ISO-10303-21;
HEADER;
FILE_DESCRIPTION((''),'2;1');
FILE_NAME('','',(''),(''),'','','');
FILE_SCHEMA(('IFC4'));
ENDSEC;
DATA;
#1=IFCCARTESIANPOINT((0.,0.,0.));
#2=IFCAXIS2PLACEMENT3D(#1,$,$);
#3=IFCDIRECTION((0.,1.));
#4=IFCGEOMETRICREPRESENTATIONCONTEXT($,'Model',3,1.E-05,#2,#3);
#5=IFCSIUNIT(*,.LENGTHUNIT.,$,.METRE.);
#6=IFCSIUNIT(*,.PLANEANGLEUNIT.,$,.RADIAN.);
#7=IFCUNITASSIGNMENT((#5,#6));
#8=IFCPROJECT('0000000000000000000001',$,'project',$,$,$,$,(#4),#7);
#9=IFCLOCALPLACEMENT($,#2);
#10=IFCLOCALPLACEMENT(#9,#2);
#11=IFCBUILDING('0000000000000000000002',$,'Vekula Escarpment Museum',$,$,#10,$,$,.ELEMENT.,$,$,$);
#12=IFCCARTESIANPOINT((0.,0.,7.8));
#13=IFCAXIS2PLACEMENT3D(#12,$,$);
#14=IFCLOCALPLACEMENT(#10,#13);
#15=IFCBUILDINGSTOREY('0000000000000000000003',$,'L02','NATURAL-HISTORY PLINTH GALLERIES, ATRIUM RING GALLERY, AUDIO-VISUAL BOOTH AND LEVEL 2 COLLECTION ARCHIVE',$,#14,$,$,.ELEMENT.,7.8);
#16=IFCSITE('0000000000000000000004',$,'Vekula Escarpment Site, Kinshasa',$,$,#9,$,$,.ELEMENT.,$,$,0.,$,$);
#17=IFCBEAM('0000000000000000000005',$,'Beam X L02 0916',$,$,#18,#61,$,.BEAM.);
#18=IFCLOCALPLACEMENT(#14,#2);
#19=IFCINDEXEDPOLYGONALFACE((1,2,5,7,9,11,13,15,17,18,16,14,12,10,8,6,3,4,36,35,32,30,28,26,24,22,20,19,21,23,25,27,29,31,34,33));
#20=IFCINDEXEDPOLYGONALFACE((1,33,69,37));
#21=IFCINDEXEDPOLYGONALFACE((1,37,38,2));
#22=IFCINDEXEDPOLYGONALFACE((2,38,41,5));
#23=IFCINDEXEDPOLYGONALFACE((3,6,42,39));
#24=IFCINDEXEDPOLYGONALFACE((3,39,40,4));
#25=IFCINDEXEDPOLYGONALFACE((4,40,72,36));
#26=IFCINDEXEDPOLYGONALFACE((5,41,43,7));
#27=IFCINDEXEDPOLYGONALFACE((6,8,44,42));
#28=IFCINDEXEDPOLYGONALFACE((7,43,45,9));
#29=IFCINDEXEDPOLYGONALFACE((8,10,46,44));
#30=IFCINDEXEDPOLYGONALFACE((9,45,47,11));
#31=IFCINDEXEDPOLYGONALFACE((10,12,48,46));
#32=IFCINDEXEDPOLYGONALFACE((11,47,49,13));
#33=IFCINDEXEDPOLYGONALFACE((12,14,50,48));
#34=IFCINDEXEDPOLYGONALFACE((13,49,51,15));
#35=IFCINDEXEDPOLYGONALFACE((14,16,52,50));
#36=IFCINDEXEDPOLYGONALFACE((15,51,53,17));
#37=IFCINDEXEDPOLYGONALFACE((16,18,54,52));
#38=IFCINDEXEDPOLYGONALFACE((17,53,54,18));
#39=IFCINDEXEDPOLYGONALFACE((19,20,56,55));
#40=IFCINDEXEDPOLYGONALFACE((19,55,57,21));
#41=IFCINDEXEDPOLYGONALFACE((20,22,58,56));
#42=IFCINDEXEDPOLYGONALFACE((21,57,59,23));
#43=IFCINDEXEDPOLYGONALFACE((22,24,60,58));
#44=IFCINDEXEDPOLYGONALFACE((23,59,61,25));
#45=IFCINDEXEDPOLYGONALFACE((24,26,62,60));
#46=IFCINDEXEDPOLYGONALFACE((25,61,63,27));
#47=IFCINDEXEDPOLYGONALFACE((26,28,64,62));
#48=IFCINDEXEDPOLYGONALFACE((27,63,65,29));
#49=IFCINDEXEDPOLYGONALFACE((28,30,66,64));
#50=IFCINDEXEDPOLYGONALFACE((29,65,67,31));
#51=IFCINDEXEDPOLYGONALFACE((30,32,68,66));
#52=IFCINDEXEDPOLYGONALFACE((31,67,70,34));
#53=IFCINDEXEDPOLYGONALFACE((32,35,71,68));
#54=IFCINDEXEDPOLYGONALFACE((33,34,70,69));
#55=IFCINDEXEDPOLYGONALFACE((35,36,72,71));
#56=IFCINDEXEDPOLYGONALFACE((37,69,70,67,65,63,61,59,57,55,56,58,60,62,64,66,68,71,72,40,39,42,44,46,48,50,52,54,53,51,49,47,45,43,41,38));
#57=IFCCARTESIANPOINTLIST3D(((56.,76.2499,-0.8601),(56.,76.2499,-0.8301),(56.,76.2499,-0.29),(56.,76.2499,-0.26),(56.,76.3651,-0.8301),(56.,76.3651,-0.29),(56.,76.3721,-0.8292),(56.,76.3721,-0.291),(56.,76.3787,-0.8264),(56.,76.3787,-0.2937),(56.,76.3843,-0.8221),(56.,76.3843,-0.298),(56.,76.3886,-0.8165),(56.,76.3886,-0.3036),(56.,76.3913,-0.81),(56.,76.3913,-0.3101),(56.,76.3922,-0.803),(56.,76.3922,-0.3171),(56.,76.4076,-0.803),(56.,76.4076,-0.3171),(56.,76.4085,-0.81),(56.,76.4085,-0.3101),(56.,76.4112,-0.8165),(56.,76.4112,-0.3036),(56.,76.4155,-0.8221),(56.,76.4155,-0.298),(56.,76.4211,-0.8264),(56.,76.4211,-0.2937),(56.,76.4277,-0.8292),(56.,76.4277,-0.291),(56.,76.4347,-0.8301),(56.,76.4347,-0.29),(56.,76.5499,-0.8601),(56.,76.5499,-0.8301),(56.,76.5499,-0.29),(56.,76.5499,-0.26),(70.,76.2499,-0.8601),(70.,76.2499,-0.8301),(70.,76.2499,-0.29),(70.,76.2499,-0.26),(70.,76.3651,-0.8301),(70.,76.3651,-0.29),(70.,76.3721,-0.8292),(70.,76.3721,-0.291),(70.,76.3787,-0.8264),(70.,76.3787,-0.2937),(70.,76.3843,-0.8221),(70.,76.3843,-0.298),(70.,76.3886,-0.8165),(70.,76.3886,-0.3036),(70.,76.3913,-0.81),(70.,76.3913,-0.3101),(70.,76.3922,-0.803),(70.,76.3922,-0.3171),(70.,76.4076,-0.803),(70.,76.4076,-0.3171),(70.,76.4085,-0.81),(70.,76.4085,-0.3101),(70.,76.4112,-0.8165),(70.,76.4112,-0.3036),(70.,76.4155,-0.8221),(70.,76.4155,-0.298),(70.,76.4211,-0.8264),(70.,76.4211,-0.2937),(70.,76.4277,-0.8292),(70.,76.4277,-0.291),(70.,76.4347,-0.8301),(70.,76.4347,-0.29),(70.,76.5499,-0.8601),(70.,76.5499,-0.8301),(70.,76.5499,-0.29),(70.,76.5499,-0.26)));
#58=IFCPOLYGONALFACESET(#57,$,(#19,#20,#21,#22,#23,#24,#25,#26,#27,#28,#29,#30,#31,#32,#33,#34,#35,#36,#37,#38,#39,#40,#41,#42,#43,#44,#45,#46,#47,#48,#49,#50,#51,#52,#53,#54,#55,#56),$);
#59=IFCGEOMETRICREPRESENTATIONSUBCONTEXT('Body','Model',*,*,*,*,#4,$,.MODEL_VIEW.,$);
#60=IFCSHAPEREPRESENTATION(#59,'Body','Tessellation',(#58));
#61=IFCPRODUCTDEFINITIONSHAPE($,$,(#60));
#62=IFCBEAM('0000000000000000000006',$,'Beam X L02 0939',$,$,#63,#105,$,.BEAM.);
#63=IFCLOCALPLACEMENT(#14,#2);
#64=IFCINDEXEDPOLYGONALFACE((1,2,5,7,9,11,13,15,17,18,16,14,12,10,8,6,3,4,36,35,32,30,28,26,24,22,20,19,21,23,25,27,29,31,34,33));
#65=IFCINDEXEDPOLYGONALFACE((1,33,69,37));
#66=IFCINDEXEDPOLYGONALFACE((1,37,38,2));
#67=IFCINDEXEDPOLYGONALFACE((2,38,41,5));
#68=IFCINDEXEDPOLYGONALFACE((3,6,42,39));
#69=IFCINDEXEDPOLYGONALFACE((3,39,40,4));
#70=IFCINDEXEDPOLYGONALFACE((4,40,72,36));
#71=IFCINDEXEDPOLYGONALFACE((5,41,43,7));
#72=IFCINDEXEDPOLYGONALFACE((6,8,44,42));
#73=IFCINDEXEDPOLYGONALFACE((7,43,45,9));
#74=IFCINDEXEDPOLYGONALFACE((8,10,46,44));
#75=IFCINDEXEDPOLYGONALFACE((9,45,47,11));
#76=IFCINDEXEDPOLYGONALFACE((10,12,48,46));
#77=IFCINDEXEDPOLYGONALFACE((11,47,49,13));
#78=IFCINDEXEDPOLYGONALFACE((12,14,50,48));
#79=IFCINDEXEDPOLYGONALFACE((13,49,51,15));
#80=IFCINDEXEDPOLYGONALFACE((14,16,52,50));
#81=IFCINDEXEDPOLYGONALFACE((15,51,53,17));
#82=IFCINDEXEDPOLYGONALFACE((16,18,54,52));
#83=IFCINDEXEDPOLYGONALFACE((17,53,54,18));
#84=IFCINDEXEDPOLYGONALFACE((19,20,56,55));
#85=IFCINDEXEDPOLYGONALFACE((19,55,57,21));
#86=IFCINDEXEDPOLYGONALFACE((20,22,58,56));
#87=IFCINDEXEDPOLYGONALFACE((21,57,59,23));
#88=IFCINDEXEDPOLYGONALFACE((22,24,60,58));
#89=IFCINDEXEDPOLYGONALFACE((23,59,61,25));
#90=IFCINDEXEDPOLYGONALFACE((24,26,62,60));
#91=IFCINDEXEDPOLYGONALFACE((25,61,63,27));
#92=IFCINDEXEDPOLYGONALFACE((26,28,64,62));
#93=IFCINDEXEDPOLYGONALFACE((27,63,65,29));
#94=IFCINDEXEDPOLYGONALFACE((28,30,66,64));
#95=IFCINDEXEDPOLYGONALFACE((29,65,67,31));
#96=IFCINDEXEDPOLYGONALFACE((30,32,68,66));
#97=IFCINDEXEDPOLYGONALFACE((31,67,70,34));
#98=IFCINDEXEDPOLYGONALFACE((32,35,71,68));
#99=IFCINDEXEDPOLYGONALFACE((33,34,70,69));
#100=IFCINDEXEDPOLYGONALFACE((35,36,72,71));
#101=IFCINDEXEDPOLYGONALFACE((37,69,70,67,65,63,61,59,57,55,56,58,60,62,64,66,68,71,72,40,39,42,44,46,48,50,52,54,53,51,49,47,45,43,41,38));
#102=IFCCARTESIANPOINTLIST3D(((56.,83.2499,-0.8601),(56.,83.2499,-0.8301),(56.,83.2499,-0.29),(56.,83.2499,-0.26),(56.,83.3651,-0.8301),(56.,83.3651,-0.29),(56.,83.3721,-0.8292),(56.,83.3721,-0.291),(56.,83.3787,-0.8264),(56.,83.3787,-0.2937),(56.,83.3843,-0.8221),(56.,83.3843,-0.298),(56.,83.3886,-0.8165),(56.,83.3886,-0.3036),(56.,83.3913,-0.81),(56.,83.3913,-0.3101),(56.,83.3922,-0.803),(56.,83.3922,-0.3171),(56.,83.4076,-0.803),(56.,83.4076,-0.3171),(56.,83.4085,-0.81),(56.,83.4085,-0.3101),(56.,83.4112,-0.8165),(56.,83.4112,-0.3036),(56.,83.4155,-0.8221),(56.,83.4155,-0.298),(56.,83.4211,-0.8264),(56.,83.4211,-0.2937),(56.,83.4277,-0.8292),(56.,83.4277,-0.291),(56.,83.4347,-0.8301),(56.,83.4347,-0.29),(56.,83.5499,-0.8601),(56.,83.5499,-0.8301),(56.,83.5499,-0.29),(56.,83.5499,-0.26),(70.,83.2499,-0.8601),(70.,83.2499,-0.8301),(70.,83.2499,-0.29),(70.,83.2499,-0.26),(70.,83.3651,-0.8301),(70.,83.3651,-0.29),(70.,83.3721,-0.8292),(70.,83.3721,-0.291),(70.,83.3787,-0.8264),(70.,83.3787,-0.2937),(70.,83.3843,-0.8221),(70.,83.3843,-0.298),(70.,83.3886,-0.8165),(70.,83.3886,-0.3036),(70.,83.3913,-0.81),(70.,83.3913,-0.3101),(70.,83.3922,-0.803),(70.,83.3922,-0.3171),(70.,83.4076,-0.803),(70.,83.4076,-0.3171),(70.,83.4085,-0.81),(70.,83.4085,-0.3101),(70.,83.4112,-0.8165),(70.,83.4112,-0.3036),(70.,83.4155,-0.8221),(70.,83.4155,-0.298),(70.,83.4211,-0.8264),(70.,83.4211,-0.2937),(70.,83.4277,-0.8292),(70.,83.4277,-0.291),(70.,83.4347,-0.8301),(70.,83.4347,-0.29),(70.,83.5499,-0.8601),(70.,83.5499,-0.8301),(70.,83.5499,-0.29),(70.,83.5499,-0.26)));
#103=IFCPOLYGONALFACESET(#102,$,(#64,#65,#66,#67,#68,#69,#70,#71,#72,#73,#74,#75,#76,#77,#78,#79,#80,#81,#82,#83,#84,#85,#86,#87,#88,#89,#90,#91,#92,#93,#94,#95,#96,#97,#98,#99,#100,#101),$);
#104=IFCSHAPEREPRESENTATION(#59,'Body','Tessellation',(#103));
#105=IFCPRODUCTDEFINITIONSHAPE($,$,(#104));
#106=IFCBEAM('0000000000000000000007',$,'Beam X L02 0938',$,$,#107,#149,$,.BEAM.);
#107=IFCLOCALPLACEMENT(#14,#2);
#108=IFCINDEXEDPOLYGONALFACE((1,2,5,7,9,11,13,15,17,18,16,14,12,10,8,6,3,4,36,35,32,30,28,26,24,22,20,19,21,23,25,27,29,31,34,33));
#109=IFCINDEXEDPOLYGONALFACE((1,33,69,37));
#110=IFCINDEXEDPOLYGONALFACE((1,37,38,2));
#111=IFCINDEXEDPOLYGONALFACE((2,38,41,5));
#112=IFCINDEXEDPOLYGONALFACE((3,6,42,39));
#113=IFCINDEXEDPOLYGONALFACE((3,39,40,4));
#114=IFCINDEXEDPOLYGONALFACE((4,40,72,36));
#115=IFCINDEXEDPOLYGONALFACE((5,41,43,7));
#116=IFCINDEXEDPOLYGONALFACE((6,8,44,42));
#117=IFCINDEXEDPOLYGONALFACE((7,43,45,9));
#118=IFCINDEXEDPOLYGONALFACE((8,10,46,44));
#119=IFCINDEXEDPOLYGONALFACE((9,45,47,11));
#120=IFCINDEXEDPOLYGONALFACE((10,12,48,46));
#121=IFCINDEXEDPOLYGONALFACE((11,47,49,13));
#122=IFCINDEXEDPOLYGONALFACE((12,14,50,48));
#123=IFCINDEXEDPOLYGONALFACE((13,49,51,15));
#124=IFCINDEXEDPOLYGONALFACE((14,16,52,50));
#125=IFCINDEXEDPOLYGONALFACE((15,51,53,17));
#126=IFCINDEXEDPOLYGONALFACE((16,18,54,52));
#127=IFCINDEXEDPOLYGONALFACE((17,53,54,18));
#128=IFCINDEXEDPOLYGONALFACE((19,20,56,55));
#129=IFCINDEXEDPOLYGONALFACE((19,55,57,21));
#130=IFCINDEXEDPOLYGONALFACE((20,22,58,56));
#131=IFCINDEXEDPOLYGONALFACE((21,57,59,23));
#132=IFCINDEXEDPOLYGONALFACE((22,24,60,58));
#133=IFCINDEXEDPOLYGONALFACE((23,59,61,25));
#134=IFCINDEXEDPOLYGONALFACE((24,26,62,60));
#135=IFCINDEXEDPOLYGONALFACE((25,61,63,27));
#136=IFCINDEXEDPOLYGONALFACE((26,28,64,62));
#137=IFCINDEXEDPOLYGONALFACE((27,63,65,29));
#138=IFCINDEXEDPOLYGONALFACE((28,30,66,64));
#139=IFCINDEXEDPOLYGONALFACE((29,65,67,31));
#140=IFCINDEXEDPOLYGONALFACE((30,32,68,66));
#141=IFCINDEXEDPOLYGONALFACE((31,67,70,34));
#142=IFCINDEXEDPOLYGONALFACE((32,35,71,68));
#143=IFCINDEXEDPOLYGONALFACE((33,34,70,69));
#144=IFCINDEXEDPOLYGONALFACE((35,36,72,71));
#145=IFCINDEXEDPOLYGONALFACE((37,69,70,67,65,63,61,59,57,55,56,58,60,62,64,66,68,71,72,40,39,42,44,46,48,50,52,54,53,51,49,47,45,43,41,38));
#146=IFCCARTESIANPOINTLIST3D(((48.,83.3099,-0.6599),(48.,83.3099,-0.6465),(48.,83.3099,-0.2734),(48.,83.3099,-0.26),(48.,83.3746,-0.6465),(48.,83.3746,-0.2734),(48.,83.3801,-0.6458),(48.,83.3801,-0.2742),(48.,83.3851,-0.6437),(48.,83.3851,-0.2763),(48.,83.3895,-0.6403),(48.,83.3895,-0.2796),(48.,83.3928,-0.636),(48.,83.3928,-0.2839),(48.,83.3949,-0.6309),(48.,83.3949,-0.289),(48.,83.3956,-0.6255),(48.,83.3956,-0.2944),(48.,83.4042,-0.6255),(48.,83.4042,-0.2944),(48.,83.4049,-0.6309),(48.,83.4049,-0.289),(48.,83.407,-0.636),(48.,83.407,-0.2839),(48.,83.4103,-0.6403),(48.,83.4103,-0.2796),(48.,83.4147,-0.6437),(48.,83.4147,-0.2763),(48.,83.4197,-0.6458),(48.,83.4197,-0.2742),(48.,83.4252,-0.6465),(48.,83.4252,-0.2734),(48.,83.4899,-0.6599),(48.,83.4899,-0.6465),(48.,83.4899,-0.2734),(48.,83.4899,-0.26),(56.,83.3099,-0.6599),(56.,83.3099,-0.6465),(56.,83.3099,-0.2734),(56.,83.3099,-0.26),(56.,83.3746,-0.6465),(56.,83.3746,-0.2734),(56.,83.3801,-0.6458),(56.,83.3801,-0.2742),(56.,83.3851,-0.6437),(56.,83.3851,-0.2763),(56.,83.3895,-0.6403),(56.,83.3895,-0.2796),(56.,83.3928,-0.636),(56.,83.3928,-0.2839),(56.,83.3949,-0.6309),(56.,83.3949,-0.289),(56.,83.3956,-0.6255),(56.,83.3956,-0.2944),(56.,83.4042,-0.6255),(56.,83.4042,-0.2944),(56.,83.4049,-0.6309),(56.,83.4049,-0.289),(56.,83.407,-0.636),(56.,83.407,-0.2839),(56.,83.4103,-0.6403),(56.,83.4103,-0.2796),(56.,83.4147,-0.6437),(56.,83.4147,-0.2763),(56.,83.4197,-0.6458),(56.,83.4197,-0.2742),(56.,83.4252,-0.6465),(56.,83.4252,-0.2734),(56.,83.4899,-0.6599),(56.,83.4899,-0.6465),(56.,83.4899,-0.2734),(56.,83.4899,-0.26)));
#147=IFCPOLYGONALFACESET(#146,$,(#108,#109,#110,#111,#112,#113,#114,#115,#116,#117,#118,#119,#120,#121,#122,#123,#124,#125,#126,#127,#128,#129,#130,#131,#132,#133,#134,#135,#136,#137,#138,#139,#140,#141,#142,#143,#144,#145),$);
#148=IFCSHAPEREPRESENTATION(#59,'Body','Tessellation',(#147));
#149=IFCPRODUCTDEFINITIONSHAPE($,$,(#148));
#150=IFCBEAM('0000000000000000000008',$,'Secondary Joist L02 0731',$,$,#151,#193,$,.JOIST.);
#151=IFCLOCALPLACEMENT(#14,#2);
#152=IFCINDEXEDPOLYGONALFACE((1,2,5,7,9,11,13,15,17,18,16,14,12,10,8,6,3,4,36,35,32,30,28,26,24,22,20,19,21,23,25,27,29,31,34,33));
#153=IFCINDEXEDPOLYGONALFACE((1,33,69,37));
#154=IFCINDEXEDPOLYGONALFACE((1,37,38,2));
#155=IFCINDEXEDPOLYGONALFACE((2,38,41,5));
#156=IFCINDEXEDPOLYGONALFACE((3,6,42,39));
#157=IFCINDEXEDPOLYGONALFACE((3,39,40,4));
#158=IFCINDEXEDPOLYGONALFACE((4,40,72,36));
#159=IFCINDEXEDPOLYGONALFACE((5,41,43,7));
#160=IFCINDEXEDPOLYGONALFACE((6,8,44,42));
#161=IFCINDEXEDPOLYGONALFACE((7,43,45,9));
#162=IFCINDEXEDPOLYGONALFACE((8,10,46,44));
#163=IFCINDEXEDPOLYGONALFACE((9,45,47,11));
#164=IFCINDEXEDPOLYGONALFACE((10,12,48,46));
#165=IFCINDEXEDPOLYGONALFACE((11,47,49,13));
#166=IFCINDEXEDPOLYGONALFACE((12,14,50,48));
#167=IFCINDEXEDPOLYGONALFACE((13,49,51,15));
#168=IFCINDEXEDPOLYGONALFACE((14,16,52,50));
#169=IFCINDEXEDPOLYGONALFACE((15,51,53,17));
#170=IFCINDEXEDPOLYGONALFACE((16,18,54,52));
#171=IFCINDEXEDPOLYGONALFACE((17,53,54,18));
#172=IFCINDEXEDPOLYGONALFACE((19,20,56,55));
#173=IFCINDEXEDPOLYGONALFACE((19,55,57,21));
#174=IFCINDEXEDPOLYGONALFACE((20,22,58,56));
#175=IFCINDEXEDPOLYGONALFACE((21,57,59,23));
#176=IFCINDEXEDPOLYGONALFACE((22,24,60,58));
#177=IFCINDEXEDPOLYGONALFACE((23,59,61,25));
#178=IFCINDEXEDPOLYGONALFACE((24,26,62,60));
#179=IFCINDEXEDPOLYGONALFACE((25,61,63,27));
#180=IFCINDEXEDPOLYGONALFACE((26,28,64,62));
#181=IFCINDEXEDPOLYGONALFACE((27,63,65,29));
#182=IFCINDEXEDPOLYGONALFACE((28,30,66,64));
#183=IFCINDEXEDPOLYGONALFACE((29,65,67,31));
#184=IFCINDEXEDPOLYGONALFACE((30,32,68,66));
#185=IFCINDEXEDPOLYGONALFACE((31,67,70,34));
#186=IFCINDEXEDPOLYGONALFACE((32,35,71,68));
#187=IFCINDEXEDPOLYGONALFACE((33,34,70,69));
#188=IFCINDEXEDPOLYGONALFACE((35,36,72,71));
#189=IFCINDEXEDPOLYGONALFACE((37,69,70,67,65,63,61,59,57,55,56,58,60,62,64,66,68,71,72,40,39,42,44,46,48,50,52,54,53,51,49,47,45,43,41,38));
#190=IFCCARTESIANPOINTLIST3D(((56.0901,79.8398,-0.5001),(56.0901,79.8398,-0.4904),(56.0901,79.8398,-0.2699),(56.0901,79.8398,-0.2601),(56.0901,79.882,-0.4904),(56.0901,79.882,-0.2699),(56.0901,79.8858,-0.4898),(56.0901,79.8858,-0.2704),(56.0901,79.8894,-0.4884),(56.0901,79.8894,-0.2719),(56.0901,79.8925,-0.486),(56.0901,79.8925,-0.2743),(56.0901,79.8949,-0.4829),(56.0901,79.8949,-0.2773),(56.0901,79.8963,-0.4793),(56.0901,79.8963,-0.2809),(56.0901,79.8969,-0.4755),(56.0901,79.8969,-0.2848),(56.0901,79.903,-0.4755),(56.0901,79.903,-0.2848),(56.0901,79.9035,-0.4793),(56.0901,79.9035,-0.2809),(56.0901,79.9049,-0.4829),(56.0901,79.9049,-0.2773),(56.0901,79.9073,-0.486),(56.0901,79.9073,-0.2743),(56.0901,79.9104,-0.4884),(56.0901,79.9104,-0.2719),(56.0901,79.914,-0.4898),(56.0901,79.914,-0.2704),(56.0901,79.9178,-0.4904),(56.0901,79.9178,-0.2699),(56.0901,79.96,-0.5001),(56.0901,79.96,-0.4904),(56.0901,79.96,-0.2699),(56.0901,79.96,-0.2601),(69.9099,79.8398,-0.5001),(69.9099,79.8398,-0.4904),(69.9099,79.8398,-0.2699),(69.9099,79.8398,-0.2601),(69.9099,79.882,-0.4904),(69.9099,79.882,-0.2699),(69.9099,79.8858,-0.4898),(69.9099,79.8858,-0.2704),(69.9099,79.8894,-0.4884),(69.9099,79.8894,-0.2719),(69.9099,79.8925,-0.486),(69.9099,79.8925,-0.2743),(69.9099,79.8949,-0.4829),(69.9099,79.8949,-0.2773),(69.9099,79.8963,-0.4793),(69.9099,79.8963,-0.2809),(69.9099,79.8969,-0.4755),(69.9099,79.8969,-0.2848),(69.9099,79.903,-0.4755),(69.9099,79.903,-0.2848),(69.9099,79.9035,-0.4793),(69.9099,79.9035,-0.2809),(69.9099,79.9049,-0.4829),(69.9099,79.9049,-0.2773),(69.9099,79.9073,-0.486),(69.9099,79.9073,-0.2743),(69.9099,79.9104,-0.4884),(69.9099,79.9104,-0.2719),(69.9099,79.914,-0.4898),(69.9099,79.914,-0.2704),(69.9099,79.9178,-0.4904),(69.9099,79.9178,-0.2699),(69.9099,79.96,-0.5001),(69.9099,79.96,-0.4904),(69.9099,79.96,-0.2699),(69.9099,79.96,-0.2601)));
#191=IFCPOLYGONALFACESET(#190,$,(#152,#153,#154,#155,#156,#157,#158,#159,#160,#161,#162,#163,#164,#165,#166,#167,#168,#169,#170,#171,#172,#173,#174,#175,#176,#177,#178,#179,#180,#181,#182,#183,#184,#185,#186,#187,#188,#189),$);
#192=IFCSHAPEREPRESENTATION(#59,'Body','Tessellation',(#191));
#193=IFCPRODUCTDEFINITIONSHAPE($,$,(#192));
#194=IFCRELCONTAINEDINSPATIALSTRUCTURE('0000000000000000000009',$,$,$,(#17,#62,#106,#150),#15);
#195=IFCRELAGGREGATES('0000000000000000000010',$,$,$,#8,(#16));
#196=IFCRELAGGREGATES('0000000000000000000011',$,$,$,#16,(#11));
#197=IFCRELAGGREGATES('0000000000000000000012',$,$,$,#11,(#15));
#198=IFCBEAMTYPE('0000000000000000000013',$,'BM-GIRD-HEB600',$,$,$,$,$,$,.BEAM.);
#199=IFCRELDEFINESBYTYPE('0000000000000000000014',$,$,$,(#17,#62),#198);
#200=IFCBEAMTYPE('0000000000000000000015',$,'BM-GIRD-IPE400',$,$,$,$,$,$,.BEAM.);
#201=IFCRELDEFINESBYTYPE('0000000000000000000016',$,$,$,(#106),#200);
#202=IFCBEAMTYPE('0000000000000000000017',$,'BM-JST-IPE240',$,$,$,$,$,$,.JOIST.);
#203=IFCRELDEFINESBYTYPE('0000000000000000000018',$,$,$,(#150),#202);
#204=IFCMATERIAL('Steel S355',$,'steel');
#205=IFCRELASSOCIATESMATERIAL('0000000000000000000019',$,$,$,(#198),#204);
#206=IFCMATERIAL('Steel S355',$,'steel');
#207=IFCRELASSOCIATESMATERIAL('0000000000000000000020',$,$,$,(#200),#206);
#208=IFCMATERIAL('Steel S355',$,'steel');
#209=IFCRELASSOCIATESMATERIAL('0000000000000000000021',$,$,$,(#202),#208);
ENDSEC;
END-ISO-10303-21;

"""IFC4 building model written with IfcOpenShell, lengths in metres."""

from ifc_helpers import new_model, si_unit, direction, frame, origin, origin_2d, place, context, subcontext, project, spatial, i_section, extrude, material, material_profile, profile_set, type_object, element, save


model = new_model("IFC4")

# Units and contexts
model_context = context("Model", 3, precision=1e-05, world=origin(), true_north=direction((0.0, 1.0)))
body_context = subcontext(model_context, "Body", "Model", "MODEL_VIEW")
ifc_project = project(units=[si_unit("LENGTHUNIT", "METRE"), si_unit("PLANEANGLEUNIT", "RADIAN")], contexts=[model_context])

# Site, building, storey
site_placement = place(None, origin())
site = spatial("IfcSite", under=ifc_project, at=site_placement, Name="Vekula Escarpment Site, Kinshasa", CompositionType="ELEMENT", RefElevation=0.0)
building_placement = place(site_placement, origin())
building = spatial("IfcBuilding", under=site, at=building_placement, Name="Vekula Escarpment Museum", CompositionType="ELEMENT")
storey_placement = place(building_placement, frame((0.0, 0.0, 7.8)))
storey = spatial("IfcBuildingStorey", under=building, at=storey_placement, Name="L02", Description="NATURAL-HISTORY PLINTH GALLERIES, ATRIUM RING GALLERY, AUDIO-VISUAL BOOTH AND LEVEL 2 COLLECTION ARCHIVE", CompositionType="ELEMENT", Elevation=7.8)

# Beams
ifc_material_1 = material(Name="Steel S355", Category="steel")
ifc_material_profile_1 = material_profile(ifc_material_1, i_section(OverallWidth=0.3, OverallDepth=0.6001, WebThickness=0.0154, FlangeThickness=0.03, FilletRadius=0.0271, at=origin_2d()), Name="HEB 600")
ifc_profile_set_1 = profile_set([ifc_material_profile_1], Name="Steel S355")
beam_type_1 = type_object("IfcBeamType", Name="BM-GIRD-HEB600", PredefinedType="BEAM", material=ifc_profile_set_1)
for number, where, z_axis, x_axis, name in (
    (1, (56.0, 76.3999, -0.5601), (1.0, 0.0, 0.0), (0.0, 1.0, 0.0), "Beam X L02 0916"),
    (2, (56.0, 83.3999, -0.5601), (1.0, 0.0, 0.0), (0.0, 1.0, 0.0), "Beam X L02 0939"),
):
    element("IfcBeam", number, at=place(storey_placement, frame(where, z_axis=z_axis, x_axis=x_axis)), inside=storey, type_object=beam_type_1, Name=name, PredefinedType="BEAM", context=body_context, shape_type="SweptSolid", body=[
        extrude(i_section(OverallWidth=0.3, OverallDepth=0.6001, WebThickness=0.0154, FlangeThickness=0.03, FilletRadius=0.0271, at=origin_2d()), origin(), (0.0, 0.0, 1.0), 14.0),
    ])
ifc_material_2 = material(Name="Steel S355", Category="steel")
ifc_material_profile_2 = material_profile(ifc_material_2, i_section(OverallWidth=0.1799, OverallDepth=0.3999, WebThickness=0.0085, FlangeThickness=0.0134, FilletRadius=0.021, at=origin_2d()), Name="IPE 400")
ifc_profile_set_2 = profile_set([ifc_material_profile_2], Name="Steel S355")
beam_type_2 = type_object("IfcBeamType", Name="BM-GIRD-IPE400", PredefinedType="BEAM", material=ifc_profile_set_2)
beam_1_placement = place(storey_placement, frame((48.0, 83.3999, -0.46), z_axis=(1.0, 0.0, 0.0), x_axis=(0.0, 1.0, 0.0)))
element("IfcBeam", 3, at=beam_1_placement, inside=storey, type_object=beam_type_2, Name="Beam X L02 0938", PredefinedType="BEAM", context=body_context, shape_type="SweptSolid", body=[
    extrude(i_section(OverallWidth=0.1799, OverallDepth=0.3999, WebThickness=0.0085, FlangeThickness=0.0134, FilletRadius=0.021, at=origin_2d()), origin(), (0.0, 0.0, 1.0), 8.0),
])
ifc_material_3 = material(Name="Steel S355", Category="steel")
ifc_material_profile_3 = material_profile(ifc_material_3, i_section(OverallWidth=0.1201, OverallDepth=0.24, WebThickness=0.0061, FlangeThickness=0.0098, FilletRadius=0.0149, at=origin_2d()), Name="IPE 240")
ifc_profile_set_3 = profile_set([ifc_material_profile_3], Name="Steel S355")
beam_type_3 = type_object("IfcBeamType", Name="BM-JST-IPE240", PredefinedType="JOIST", material=ifc_profile_set_3)
beam_2_placement = place(storey_placement, frame((56.0901, 79.8999, -0.3801), z_axis=(1.0, 0.0, 0.0), x_axis=(0.0, 1.0, 0.0)))
element("IfcBeam", 4, at=beam_2_placement, inside=storey, type_object=beam_type_3, Name="Secondary Joist L02 0731", PredefinedType="JOIST", context=body_context, shape_type="SweptSolid", body=[
    extrude(i_section(OverallWidth=0.1201, OverallDepth=0.24, WebThickness=0.0061, FlangeThickness=0.0098, FilletRadius=0.0149, at=origin_2d()), origin(), (0.0, 0.0, 1.0), 13.8198),
])

save(model, "model.ifc")
